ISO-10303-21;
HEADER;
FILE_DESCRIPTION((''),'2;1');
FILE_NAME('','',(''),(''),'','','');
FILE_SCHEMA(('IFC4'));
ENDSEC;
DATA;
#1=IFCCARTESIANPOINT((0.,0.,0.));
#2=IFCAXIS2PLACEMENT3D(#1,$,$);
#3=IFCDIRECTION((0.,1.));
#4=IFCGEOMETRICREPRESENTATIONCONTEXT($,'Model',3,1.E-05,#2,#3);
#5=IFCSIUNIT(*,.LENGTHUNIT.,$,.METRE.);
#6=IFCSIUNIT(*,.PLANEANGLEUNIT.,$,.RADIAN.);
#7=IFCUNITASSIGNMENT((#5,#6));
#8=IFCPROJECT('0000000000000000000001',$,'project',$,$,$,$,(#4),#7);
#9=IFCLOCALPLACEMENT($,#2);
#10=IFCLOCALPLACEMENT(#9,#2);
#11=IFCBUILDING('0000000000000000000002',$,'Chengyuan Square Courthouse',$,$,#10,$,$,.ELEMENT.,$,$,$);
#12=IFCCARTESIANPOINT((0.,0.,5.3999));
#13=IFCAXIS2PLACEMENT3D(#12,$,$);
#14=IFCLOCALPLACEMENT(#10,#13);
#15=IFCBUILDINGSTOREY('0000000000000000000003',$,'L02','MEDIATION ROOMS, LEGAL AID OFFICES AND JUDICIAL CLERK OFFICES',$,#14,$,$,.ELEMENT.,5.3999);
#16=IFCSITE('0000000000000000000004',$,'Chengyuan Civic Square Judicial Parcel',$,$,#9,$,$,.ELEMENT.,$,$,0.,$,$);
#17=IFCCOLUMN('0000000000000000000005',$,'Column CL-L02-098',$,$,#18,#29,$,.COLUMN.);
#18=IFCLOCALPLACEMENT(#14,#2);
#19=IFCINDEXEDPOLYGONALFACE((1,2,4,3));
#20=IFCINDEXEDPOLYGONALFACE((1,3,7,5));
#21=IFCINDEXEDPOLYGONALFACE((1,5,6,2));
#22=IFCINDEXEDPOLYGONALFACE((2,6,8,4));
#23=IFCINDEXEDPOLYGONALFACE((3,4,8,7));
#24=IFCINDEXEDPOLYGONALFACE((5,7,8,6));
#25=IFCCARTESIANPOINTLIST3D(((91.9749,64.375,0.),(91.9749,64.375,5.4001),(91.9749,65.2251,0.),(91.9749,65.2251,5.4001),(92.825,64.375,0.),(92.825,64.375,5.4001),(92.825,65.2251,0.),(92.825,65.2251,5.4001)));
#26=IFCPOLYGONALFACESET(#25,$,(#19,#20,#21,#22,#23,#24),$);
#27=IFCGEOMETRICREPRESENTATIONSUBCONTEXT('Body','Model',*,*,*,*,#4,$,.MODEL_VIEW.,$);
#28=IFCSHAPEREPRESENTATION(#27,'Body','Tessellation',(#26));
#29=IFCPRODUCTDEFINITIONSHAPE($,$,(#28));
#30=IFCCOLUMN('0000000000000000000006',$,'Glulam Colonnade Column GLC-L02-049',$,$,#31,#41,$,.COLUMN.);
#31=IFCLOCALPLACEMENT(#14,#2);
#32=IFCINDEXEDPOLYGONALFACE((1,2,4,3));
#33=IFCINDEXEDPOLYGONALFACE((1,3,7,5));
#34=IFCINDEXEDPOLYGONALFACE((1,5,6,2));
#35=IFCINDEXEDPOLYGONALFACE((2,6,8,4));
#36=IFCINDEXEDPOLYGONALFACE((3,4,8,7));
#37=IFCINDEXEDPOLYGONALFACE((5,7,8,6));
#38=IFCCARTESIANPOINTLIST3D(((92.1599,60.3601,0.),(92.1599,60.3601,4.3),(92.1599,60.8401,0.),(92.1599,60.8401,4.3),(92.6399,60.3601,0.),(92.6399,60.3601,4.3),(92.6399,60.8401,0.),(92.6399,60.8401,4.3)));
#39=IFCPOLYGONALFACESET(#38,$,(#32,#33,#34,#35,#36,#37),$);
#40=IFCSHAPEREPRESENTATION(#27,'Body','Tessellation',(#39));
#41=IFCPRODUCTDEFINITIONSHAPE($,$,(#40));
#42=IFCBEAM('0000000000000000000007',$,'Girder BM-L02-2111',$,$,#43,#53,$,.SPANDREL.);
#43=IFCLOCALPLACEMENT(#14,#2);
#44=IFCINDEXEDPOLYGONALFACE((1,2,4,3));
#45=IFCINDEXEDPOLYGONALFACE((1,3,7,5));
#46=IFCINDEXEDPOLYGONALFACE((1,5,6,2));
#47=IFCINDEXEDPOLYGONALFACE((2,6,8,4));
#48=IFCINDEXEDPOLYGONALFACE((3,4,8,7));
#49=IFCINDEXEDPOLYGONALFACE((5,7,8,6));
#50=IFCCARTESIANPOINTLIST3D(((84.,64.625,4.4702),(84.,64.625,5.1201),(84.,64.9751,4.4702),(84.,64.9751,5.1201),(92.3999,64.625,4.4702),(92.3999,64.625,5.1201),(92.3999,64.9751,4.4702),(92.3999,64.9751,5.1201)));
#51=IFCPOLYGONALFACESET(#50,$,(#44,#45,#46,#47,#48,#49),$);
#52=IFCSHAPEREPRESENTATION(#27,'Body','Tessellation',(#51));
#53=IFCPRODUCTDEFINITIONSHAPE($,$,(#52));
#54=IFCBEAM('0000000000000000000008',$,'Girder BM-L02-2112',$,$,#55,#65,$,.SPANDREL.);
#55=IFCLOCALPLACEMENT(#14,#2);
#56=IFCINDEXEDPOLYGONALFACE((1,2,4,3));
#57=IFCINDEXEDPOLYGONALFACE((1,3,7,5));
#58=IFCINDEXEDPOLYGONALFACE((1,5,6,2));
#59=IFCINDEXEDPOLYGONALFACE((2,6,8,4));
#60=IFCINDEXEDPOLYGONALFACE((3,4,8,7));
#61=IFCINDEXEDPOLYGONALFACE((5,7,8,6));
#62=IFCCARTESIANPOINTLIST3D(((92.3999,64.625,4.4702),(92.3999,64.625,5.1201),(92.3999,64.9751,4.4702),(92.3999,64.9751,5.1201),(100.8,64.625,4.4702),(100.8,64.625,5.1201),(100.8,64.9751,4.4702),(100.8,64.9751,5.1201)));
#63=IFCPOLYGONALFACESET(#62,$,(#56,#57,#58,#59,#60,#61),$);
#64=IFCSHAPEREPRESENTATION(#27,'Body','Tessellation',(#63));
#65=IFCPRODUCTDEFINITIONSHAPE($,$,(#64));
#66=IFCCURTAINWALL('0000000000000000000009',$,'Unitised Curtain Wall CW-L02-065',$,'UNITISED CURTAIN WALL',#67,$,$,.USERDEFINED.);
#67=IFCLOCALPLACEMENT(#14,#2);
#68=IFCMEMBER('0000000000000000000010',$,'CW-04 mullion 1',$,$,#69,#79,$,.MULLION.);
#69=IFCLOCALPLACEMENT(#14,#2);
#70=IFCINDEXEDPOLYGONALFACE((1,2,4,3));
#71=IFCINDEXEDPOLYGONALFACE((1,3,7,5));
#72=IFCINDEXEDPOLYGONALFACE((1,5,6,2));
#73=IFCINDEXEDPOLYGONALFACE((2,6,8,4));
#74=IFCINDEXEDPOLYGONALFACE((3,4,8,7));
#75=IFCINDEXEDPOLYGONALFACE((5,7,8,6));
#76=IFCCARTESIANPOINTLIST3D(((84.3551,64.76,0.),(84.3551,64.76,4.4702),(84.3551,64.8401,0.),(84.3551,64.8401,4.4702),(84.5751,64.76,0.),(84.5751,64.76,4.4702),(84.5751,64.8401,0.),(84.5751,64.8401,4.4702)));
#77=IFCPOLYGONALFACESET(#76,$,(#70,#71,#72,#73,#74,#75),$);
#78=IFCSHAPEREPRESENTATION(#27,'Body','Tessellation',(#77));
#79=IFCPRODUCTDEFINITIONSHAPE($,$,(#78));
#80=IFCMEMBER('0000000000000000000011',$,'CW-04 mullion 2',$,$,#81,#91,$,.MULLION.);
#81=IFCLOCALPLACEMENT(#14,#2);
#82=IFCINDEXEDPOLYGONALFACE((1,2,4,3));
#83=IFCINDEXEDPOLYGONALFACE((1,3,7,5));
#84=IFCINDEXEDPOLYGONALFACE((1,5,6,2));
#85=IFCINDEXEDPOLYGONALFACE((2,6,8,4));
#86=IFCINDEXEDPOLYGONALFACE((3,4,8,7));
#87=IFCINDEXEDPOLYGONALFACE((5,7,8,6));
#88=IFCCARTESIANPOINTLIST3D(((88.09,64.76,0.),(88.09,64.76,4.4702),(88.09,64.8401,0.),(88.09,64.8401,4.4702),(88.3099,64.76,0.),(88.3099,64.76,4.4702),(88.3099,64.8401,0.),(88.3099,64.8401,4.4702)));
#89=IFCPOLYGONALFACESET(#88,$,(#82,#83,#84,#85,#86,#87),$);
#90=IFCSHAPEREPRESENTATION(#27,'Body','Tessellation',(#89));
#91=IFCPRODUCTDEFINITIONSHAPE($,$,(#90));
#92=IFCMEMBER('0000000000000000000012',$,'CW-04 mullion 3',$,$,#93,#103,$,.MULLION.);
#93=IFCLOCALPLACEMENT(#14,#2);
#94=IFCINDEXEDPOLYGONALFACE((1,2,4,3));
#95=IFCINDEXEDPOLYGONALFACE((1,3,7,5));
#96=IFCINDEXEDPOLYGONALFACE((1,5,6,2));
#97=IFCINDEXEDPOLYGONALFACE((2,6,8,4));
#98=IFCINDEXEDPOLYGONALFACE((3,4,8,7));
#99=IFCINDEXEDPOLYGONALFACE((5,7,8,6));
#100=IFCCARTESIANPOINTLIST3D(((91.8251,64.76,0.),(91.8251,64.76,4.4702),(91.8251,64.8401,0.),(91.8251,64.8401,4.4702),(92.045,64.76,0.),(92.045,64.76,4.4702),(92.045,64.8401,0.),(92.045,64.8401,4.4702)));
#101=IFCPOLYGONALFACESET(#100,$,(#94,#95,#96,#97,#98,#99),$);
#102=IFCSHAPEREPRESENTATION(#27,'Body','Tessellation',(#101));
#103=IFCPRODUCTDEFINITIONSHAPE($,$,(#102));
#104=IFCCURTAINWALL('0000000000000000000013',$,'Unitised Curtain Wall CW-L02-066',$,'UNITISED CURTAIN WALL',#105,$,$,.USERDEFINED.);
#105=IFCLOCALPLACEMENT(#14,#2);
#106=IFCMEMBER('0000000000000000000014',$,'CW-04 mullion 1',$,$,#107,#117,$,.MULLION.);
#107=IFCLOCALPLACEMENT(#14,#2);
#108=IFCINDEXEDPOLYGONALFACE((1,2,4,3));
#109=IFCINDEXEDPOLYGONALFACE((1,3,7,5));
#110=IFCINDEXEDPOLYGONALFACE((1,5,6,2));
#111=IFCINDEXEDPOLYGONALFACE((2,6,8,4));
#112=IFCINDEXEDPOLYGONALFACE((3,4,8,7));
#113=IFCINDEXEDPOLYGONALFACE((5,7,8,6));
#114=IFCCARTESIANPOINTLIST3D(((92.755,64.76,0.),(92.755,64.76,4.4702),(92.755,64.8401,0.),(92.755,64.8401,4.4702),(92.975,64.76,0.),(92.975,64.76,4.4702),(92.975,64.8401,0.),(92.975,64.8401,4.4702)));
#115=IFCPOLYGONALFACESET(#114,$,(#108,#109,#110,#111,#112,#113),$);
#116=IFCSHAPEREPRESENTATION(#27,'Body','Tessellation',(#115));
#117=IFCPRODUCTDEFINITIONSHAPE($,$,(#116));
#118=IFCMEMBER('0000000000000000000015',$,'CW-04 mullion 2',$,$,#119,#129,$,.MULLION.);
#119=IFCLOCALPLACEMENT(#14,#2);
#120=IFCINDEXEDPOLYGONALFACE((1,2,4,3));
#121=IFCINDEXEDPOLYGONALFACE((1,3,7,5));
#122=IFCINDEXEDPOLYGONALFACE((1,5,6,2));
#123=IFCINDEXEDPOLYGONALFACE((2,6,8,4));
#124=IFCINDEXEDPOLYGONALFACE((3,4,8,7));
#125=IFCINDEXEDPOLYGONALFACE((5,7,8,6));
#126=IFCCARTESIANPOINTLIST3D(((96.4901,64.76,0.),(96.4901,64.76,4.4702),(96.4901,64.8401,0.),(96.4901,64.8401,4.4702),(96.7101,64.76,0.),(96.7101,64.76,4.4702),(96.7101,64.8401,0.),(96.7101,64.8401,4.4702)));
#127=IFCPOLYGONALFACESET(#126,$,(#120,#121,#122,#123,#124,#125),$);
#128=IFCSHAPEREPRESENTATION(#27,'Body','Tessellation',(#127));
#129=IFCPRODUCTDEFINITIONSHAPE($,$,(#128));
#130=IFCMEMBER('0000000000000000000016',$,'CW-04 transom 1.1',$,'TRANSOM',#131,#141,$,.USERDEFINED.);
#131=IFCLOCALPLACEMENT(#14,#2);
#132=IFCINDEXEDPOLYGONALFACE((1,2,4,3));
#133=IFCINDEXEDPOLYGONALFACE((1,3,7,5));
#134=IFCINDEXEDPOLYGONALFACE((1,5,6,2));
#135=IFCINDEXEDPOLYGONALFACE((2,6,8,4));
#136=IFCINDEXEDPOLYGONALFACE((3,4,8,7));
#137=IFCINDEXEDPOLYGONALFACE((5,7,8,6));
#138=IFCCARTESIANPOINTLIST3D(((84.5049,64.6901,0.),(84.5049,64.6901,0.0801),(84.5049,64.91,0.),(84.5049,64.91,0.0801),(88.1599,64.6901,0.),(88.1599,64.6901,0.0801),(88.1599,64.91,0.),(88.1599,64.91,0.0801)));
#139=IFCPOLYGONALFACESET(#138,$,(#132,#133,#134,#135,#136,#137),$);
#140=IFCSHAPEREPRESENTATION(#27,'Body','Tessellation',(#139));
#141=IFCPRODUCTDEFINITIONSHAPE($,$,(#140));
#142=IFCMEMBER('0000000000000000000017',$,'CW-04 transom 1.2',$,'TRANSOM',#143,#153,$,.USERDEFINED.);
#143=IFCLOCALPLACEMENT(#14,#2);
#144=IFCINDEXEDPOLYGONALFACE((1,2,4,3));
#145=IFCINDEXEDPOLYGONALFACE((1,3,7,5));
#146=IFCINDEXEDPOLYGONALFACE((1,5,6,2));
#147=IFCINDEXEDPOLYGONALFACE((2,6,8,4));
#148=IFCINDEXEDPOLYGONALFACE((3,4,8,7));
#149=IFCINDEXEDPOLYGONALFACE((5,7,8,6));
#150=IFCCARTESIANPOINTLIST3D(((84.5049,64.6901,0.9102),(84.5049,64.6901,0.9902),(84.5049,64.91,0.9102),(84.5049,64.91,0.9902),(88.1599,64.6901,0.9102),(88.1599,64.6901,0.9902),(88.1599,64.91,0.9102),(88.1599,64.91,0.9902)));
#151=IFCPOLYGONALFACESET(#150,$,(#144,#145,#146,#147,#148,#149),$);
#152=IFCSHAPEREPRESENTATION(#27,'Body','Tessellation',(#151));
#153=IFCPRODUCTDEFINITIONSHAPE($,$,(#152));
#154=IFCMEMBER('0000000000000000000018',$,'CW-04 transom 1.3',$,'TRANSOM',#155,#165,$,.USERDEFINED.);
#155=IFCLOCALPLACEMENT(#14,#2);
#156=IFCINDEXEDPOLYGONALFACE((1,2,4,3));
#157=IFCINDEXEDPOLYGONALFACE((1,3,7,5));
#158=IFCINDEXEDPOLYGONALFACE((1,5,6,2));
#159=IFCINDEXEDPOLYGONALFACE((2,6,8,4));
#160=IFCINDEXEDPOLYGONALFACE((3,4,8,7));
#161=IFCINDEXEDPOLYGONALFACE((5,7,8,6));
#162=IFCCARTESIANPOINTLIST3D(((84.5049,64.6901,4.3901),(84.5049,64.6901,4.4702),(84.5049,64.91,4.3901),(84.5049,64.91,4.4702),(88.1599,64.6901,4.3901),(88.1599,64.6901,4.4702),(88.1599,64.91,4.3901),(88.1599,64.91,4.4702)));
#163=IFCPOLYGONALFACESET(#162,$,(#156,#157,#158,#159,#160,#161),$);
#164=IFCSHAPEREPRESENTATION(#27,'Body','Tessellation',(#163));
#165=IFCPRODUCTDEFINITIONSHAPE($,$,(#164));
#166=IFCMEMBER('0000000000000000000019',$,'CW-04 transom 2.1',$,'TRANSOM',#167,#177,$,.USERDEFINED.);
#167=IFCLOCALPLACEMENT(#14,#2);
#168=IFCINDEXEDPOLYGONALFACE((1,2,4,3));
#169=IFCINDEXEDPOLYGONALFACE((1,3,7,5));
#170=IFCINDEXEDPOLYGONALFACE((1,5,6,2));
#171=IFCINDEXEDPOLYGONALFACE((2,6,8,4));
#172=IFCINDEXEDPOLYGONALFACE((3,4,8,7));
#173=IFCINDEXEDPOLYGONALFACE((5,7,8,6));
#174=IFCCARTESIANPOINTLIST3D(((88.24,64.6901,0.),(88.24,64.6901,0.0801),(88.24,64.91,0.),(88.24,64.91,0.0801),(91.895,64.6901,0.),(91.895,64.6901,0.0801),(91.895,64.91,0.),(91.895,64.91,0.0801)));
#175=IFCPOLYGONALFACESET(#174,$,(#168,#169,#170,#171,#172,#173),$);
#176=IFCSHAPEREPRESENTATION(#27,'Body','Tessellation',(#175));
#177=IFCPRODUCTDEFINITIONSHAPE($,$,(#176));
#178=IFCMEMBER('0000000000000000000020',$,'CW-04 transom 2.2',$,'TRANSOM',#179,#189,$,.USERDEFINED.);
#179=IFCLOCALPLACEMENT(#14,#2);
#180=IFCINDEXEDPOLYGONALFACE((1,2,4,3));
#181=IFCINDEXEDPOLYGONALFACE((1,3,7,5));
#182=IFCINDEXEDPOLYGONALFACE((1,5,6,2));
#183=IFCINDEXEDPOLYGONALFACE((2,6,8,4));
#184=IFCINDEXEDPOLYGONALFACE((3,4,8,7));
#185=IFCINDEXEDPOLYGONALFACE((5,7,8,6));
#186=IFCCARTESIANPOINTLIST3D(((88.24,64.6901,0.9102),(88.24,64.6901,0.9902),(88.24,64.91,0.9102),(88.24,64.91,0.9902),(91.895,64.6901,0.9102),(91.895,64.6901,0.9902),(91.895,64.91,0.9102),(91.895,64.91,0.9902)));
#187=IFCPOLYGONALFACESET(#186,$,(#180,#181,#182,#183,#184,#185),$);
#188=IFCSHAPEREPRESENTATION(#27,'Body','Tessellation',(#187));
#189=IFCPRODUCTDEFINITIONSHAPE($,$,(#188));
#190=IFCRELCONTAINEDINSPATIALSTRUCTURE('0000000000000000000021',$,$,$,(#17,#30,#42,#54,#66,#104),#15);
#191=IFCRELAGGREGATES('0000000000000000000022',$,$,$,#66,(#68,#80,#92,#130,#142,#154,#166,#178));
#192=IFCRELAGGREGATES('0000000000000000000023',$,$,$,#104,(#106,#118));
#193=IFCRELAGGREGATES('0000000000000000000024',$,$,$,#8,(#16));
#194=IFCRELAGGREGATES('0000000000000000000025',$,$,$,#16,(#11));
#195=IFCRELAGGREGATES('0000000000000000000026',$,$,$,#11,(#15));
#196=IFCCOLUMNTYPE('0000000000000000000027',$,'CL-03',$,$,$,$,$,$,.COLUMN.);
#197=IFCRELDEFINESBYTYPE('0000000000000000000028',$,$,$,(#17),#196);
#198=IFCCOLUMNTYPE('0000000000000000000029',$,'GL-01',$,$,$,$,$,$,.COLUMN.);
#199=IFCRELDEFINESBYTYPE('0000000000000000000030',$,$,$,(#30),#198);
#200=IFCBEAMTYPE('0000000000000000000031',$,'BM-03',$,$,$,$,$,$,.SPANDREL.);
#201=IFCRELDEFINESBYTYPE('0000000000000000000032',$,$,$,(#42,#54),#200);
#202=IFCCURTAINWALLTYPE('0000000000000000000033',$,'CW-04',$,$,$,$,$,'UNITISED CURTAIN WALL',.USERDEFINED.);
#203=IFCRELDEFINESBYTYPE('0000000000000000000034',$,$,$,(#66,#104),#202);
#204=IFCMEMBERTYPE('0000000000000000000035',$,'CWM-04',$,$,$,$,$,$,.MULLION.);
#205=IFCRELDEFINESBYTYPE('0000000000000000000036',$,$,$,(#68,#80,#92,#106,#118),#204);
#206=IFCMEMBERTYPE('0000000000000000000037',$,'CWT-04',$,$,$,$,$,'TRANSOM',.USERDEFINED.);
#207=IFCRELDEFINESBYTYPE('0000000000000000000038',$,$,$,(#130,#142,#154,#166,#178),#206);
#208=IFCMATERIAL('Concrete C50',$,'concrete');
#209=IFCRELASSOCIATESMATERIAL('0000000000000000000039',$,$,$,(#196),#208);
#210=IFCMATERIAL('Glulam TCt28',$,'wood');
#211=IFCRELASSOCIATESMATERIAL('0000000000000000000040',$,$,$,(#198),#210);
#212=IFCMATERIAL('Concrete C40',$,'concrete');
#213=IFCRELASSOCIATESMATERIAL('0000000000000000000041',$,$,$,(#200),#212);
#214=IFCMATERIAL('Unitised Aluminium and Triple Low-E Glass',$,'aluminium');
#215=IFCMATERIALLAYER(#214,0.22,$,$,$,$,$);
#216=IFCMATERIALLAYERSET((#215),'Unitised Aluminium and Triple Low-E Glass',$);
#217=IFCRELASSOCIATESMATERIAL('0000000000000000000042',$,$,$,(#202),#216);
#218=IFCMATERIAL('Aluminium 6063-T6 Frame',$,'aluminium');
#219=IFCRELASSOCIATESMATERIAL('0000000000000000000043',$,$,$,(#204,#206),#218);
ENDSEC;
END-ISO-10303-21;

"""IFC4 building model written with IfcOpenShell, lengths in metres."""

from ifc_helpers import new_model, si_unit, direction, frame, origin, origin_2d, place, context, subcontext, project, spatial, rectangle, extrude, material, layer, layer_set, material_profile, profile_set, type_object, element, aggregate, save


model = new_model("IFC4")

# Units and contexts
model_context = context("Model", 3, precision=1e-05, world=origin(), true_north=direction((0.0, 1.0)))
body_context = subcontext(model_context, "Body", "Model", "MODEL_VIEW")
ifc_project = project(units=[si_unit("LENGTHUNIT", "METRE"), si_unit("PLANEANGLEUNIT", "RADIAN")], contexts=[model_context])

# Site, building, storey
site_placement = place(None, origin())
site = spatial("IfcSite", under=ifc_project, at=site_placement, Name="Chengyuan Civic Square Judicial Parcel", CompositionType="ELEMENT", RefElevation=0.0)
building_placement = place(site_placement, origin())
building = spatial("IfcBuilding", under=site, at=building_placement, Name="Chengyuan Square Courthouse", CompositionType="ELEMENT")
storey_placement = place(building_placement, frame((0.0, 0.0, 5.3999)))
storey = spatial("IfcBuildingStorey", under=building, at=storey_placement, Name="L02", Description="MEDIATION ROOMS, LEGAL AID OFFICES AND JUDICIAL CLERK OFFICES", CompositionType="ELEMENT", Elevation=5.3999)

# Columns
ifc_material_1 = material(Name="Concrete C50", Category="concrete")
ifc_material_profile_1 = material_profile(ifc_material_1, rectangle(XDim=0.8501, YDim=0.8501, at=origin_2d()), Name="RC-COL-850x850")
ifc_profile_set_1 = profile_set([ifc_material_profile_1], Name="Concrete C50")
column_type_1 = type_object("IfcColumnType", Name="CL-03", PredefinedType="COLUMN", material=ifc_profile_set_1)
column_1_placement = place(storey_placement, frame((92.3999, 64.8, 0.0), z_axis=(0.0, 0.0, 1.0), x_axis=(1.0, 0.0, 0.0)))
element("IfcColumn", 1, at=column_1_placement, inside=storey, type_object=column_type_1, Name="Column CL-L02-098", PredefinedType="COLUMN", context=body_context, shape_type="SweptSolid", body=[
    extrude(rectangle(XDim=0.8501, YDim=0.8501, at=origin_2d()), origin(), (0.0, 0.0, 1.0), 5.4001),
])
ifc_material_2 = material(Name="Glulam TCt28", Category="wood")
ifc_material_profile_2 = material_profile(ifc_material_2, rectangle(XDim=0.48, YDim=0.48, at=origin_2d()), Name="GL-COL-480x480")
ifc_profile_set_2 = profile_set([ifc_material_profile_2], Name="Glulam TCt28")
column_type_2 = type_object("IfcColumnType", Name="GL-01", PredefinedType="COLUMN", material=ifc_profile_set_2)
column_2_placement = place(storey_placement, frame((92.3999, 60.6001, 0.0), z_axis=(0.0, 0.0, 1.0), x_axis=(1.0, 0.0, 0.0)))
element("IfcColumn", 2, at=column_2_placement, inside=storey, type_object=column_type_2, Name="Glulam Colonnade Column GLC-L02-049", PredefinedType="COLUMN", context=body_context, shape_type="SweptSolid", body=[
    extrude(rectangle(XDim=0.48, YDim=0.48, at=origin_2d()), origin(), (0.0, 0.0, 1.0), 4.3),
])

# Beams
ifc_material_3 = material(Name="Concrete C40", Category="concrete")
ifc_material_profile_3 = material_profile(ifc_material_3, rectangle(XDim=0.3501, YDim=0.6499, at=origin_2d()), Name="RC-BM-350x650")
ifc_profile_set_3 = profile_set([ifc_material_profile_3], Name="Concrete C40")
beam_type_1 = type_object("IfcBeamType", Name="BM-03", PredefinedType="SPANDREL", material=ifc_profile_set_3)
beam_1_placement = place(storey_placement, frame((84.0, 64.8, 4.7952), z_axis=(1.0, 0.0, 0.0), x_axis=(0.0, 1.0, 0.0)))
element("IfcBeam", 3, at=beam_1_placement, inside=storey, type_object=beam_type_1, Name="Girder BM-L02-2111", PredefinedType="SPANDREL", context=body_context, shape_type="SweptSolid", body=[
    extrude(rectangle(XDim=0.3501, YDim=0.6499, at=origin_2d()), origin(), (0.0, 0.0, 1.0), 8.3999),
])
beam_2_placement = place(storey_placement, frame((92.3999, 64.8, 4.7952), z_axis=(1.0, 0.0, 0.0), x_axis=(0.0, 1.0, 0.0)))
element("IfcBeam", 4, at=beam_2_placement, inside=storey, type_object=beam_type_1, Name="Girder BM-L02-2112", PredefinedType="SPANDREL", context=body_context, shape_type="SweptSolid", body=[
    extrude(rectangle(XDim=0.3501, YDim=0.6499, at=origin_2d()), origin(), (0.0, 0.0, 1.0), 8.4001),
])

# Curtain walls, members
ifc_material_4 = material(Name="Unitised Aluminium and Triple Low-E Glass", Category="aluminium")
ifc_layer_1 = layer(ifc_material_4, 0.22)
ifc_layer_set_1 = layer_set([ifc_layer_1], Name="Unitised Aluminium and Triple Low-E Glass")
curtain_wall_type = type_object("IfcCurtainWallType", Name="CW-04", ElementType="UNITISED CURTAIN WALL", PredefinedType="USERDEFINED", material=ifc_layer_set_1)
curtain_wall_1_placement = place(storey_placement, origin())
curtain_wall_1 = element("IfcCurtainWall", 5, at=curtain_wall_1_placement, inside=storey, type_object=curtain_wall_type, Name="Unitised Curtain Wall CW-L02-065", ObjectType="UNITISED CURTAIN WALL", PredefinedType="USERDEFINED")
ifc_material_5 = material(Name="Aluminium 6063-T6 Frame", Category="aluminium")
ifc_material_profile_4 = material_profile(ifc_material_5, rectangle(XDim=0.0801, YDim=0.22, at=origin_2d()), Name="CW-MUL-80x220")
ifc_profile_set_4 = profile_set([ifc_material_profile_4], Name="Aluminium 6063-T6 Frame")
member_type_1 = type_object("IfcMemberType", Name="CWM-04", PredefinedType="MULLION", material=ifc_profile_set_4)
member_1_placement = place(storey_placement, frame((84.4651, 64.8, 0.0), z_axis=(0.0, 0.0, 1.0), x_axis=(0.0, 1.0, 0.0)))
member_1 = element("IfcMember", 6, at=member_1_placement, type_object=member_type_1, Name="CW-04 mullion 1", PredefinedType="MULLION", context=body_context, shape_type="SweptSolid", body=[
    extrude(rectangle(XDim=0.0801, YDim=0.22, at=origin_2d()), origin(), (0.0, 0.0, 1.0), 4.4702),
])
member_2_placement = place(storey_placement, frame((88.2, 64.8, 0.0), z_axis=(0.0, 0.0, 1.0), x_axis=(0.0, 1.0, 0.0)))
member_2 = element("IfcMember", 7, at=member_2_placement, type_object=member_type_1, Name="CW-04 mullion 2", PredefinedType="MULLION", context=body_context, shape_type="SweptSolid", body=[
    extrude(rectangle(XDim=0.0801, YDim=0.22, at=origin_2d()), origin(), (0.0, 0.0, 1.0), 4.4702),
])
member_3_placement = place(storey_placement, frame((91.9351, 64.8, 0.0), z_axis=(0.0, 0.0, 1.0), x_axis=(0.0, 1.0, 0.0)))
member_3 = element("IfcMember", 8, at=member_3_placement, type_object=member_type_1, Name="CW-04 mullion 3", PredefinedType="MULLION", context=body_context, shape_type="SweptSolid", body=[
    extrude(rectangle(XDim=0.0801, YDim=0.22, at=origin_2d()), origin(), (0.0, 0.0, 1.0), 4.4702),
])
curtain_wall_2_placement = place(storey_placement, origin())
curtain_wall_2 = element("IfcCurtainWall", 9, at=curtain_wall_2_placement, inside=storey, type_object=curtain_wall_type, Name="Unitised Curtain Wall CW-L02-066", ObjectType="UNITISED CURTAIN WALL", PredefinedType="USERDEFINED")
member_4_placement = place(storey_placement, frame((92.865, 64.8, 0.0), z_axis=(0.0, 0.0, 1.0), x_axis=(0.0, 1.0, 0.0)))
member_4 = element("IfcMember", 10, at=member_4_placement, type_object=member_type_1, Name="CW-04 mullion 1", PredefinedType="MULLION", context=body_context, shape_type="SweptSolid", body=[
    extrude(rectangle(XDim=0.0801, YDim=0.22, at=origin_2d()), origin(), (0.0, 0.0, 1.0), 4.4702),
])
member_5_placement = place(storey_placement, frame((96.6001, 64.8, 0.0), z_axis=(0.0, 0.0, 1.0), x_axis=(0.0, 1.0, 0.0)))
member_5 = element("IfcMember", 11, at=member_5_placement, type_object=member_type_1, Name="CW-04 mullion 2", PredefinedType="MULLION", context=body_context, shape_type="SweptSolid", body=[
    extrude(rectangle(XDim=0.0801, YDim=0.22, at=origin_2d()), origin(), (0.0, 0.0, 1.0), 4.4702),
])

# Members
ifc_material_profile_5 = material_profile(ifc_material_5, rectangle(XDim=0.22, YDim=0.0801, at=origin_2d()), Name="CW-TRN-80x180")
ifc_profile_set_5 = profile_set([ifc_material_profile_5], Name="Aluminium 6063-T6 Frame")
member_type_2 = type_object("IfcMemberType", Name="CWT-04", ElementType="TRANSOM", PredefinedType="USERDEFINED", material=ifc_profile_set_5)
member_6_placement = place(storey_placement, frame((84.5049, 64.8, 0.04), z_axis=(1.0, 0.0, 0.0), x_axis=(0.0, 1.0, 0.0)))
member_6 = element("IfcMember", 12, at=member_6_placement, type_object=member_type_2, Name="CW-04 transom 1.1", ObjectType="TRANSOM", PredefinedType="USERDEFINED", context=body_context, shape_type="SweptSolid", body=[
    extrude(rectangle(XDim=0.22, YDim=0.0801, at=origin_2d()), origin(), (0.0, 0.0, 1.0), 3.655),
])
member_7_placement = place(storey_placement, frame((84.5049, 64.8, 0.9502), z_axis=(1.0, 0.0, 0.0), x_axis=(0.0, 1.0, 0.0)))
member_7 = element("IfcMember", 13, at=member_7_placement, type_object=member_type_2, Name="CW-04 transom 1.2", ObjectType="TRANSOM", PredefinedType="USERDEFINED", context=body_context, shape_type="SweptSolid", body=[
    extrude(rectangle(XDim=0.22, YDim=0.0801, at=origin_2d()), origin(), (0.0, 0.0, 1.0), 3.655),
])
member_8_placement = place(storey_placement, frame((84.5049, 64.8, 4.4302), z_axis=(1.0, 0.0, 0.0), x_axis=(0.0, 1.0, 0.0)))
member_8 = element("IfcMember", 14, at=member_8_placement, type_object=member_type_2, Name="CW-04 transom 1.3", ObjectType="TRANSOM", PredefinedType="USERDEFINED", context=body_context, shape_type="SweptSolid", body=[
    extrude(rectangle(XDim=0.22, YDim=0.0801, at=origin_2d()), origin(), (0.0, 0.0, 1.0), 3.655),
])
member_9_placement = place(storey_placement, frame((88.24, 64.8, 0.04), z_axis=(1.0, 0.0, 0.0), x_axis=(0.0, 1.0, 0.0)))
member_9 = element("IfcMember", 15, at=member_9_placement, type_object=member_type_2, Name="CW-04 transom 2.1", ObjectType="TRANSOM", PredefinedType="USERDEFINED", context=body_context, shape_type="SweptSolid", body=[
    extrude(rectangle(XDim=0.22, YDim=0.0801, at=origin_2d()), origin(), (0.0, 0.0, 1.0), 3.655),
])
member_10_placement = place(storey_placement, frame((88.24, 64.8, 0.9502), z_axis=(1.0, 0.0, 0.0), x_axis=(0.0, 1.0, 0.0)))
member_10 = element("IfcMember", 16, at=member_10_placement, type_object=member_type_2, Name="CW-04 transom 2.2", ObjectType="TRANSOM", PredefinedType="USERDEFINED", context=body_context, shape_type="SweptSolid", body=[
    extrude(rectangle(XDim=0.22, YDim=0.0801, at=origin_2d()), origin(), (0.0, 0.0, 1.0), 3.655),
])

aggregate(curtain_wall_1, [member_1, member_2, member_3, member_6, member_7, member_8, member_9, member_10])
aggregate(curtain_wall_2, [member_4, member_5])

save(model, "model.ifc")
